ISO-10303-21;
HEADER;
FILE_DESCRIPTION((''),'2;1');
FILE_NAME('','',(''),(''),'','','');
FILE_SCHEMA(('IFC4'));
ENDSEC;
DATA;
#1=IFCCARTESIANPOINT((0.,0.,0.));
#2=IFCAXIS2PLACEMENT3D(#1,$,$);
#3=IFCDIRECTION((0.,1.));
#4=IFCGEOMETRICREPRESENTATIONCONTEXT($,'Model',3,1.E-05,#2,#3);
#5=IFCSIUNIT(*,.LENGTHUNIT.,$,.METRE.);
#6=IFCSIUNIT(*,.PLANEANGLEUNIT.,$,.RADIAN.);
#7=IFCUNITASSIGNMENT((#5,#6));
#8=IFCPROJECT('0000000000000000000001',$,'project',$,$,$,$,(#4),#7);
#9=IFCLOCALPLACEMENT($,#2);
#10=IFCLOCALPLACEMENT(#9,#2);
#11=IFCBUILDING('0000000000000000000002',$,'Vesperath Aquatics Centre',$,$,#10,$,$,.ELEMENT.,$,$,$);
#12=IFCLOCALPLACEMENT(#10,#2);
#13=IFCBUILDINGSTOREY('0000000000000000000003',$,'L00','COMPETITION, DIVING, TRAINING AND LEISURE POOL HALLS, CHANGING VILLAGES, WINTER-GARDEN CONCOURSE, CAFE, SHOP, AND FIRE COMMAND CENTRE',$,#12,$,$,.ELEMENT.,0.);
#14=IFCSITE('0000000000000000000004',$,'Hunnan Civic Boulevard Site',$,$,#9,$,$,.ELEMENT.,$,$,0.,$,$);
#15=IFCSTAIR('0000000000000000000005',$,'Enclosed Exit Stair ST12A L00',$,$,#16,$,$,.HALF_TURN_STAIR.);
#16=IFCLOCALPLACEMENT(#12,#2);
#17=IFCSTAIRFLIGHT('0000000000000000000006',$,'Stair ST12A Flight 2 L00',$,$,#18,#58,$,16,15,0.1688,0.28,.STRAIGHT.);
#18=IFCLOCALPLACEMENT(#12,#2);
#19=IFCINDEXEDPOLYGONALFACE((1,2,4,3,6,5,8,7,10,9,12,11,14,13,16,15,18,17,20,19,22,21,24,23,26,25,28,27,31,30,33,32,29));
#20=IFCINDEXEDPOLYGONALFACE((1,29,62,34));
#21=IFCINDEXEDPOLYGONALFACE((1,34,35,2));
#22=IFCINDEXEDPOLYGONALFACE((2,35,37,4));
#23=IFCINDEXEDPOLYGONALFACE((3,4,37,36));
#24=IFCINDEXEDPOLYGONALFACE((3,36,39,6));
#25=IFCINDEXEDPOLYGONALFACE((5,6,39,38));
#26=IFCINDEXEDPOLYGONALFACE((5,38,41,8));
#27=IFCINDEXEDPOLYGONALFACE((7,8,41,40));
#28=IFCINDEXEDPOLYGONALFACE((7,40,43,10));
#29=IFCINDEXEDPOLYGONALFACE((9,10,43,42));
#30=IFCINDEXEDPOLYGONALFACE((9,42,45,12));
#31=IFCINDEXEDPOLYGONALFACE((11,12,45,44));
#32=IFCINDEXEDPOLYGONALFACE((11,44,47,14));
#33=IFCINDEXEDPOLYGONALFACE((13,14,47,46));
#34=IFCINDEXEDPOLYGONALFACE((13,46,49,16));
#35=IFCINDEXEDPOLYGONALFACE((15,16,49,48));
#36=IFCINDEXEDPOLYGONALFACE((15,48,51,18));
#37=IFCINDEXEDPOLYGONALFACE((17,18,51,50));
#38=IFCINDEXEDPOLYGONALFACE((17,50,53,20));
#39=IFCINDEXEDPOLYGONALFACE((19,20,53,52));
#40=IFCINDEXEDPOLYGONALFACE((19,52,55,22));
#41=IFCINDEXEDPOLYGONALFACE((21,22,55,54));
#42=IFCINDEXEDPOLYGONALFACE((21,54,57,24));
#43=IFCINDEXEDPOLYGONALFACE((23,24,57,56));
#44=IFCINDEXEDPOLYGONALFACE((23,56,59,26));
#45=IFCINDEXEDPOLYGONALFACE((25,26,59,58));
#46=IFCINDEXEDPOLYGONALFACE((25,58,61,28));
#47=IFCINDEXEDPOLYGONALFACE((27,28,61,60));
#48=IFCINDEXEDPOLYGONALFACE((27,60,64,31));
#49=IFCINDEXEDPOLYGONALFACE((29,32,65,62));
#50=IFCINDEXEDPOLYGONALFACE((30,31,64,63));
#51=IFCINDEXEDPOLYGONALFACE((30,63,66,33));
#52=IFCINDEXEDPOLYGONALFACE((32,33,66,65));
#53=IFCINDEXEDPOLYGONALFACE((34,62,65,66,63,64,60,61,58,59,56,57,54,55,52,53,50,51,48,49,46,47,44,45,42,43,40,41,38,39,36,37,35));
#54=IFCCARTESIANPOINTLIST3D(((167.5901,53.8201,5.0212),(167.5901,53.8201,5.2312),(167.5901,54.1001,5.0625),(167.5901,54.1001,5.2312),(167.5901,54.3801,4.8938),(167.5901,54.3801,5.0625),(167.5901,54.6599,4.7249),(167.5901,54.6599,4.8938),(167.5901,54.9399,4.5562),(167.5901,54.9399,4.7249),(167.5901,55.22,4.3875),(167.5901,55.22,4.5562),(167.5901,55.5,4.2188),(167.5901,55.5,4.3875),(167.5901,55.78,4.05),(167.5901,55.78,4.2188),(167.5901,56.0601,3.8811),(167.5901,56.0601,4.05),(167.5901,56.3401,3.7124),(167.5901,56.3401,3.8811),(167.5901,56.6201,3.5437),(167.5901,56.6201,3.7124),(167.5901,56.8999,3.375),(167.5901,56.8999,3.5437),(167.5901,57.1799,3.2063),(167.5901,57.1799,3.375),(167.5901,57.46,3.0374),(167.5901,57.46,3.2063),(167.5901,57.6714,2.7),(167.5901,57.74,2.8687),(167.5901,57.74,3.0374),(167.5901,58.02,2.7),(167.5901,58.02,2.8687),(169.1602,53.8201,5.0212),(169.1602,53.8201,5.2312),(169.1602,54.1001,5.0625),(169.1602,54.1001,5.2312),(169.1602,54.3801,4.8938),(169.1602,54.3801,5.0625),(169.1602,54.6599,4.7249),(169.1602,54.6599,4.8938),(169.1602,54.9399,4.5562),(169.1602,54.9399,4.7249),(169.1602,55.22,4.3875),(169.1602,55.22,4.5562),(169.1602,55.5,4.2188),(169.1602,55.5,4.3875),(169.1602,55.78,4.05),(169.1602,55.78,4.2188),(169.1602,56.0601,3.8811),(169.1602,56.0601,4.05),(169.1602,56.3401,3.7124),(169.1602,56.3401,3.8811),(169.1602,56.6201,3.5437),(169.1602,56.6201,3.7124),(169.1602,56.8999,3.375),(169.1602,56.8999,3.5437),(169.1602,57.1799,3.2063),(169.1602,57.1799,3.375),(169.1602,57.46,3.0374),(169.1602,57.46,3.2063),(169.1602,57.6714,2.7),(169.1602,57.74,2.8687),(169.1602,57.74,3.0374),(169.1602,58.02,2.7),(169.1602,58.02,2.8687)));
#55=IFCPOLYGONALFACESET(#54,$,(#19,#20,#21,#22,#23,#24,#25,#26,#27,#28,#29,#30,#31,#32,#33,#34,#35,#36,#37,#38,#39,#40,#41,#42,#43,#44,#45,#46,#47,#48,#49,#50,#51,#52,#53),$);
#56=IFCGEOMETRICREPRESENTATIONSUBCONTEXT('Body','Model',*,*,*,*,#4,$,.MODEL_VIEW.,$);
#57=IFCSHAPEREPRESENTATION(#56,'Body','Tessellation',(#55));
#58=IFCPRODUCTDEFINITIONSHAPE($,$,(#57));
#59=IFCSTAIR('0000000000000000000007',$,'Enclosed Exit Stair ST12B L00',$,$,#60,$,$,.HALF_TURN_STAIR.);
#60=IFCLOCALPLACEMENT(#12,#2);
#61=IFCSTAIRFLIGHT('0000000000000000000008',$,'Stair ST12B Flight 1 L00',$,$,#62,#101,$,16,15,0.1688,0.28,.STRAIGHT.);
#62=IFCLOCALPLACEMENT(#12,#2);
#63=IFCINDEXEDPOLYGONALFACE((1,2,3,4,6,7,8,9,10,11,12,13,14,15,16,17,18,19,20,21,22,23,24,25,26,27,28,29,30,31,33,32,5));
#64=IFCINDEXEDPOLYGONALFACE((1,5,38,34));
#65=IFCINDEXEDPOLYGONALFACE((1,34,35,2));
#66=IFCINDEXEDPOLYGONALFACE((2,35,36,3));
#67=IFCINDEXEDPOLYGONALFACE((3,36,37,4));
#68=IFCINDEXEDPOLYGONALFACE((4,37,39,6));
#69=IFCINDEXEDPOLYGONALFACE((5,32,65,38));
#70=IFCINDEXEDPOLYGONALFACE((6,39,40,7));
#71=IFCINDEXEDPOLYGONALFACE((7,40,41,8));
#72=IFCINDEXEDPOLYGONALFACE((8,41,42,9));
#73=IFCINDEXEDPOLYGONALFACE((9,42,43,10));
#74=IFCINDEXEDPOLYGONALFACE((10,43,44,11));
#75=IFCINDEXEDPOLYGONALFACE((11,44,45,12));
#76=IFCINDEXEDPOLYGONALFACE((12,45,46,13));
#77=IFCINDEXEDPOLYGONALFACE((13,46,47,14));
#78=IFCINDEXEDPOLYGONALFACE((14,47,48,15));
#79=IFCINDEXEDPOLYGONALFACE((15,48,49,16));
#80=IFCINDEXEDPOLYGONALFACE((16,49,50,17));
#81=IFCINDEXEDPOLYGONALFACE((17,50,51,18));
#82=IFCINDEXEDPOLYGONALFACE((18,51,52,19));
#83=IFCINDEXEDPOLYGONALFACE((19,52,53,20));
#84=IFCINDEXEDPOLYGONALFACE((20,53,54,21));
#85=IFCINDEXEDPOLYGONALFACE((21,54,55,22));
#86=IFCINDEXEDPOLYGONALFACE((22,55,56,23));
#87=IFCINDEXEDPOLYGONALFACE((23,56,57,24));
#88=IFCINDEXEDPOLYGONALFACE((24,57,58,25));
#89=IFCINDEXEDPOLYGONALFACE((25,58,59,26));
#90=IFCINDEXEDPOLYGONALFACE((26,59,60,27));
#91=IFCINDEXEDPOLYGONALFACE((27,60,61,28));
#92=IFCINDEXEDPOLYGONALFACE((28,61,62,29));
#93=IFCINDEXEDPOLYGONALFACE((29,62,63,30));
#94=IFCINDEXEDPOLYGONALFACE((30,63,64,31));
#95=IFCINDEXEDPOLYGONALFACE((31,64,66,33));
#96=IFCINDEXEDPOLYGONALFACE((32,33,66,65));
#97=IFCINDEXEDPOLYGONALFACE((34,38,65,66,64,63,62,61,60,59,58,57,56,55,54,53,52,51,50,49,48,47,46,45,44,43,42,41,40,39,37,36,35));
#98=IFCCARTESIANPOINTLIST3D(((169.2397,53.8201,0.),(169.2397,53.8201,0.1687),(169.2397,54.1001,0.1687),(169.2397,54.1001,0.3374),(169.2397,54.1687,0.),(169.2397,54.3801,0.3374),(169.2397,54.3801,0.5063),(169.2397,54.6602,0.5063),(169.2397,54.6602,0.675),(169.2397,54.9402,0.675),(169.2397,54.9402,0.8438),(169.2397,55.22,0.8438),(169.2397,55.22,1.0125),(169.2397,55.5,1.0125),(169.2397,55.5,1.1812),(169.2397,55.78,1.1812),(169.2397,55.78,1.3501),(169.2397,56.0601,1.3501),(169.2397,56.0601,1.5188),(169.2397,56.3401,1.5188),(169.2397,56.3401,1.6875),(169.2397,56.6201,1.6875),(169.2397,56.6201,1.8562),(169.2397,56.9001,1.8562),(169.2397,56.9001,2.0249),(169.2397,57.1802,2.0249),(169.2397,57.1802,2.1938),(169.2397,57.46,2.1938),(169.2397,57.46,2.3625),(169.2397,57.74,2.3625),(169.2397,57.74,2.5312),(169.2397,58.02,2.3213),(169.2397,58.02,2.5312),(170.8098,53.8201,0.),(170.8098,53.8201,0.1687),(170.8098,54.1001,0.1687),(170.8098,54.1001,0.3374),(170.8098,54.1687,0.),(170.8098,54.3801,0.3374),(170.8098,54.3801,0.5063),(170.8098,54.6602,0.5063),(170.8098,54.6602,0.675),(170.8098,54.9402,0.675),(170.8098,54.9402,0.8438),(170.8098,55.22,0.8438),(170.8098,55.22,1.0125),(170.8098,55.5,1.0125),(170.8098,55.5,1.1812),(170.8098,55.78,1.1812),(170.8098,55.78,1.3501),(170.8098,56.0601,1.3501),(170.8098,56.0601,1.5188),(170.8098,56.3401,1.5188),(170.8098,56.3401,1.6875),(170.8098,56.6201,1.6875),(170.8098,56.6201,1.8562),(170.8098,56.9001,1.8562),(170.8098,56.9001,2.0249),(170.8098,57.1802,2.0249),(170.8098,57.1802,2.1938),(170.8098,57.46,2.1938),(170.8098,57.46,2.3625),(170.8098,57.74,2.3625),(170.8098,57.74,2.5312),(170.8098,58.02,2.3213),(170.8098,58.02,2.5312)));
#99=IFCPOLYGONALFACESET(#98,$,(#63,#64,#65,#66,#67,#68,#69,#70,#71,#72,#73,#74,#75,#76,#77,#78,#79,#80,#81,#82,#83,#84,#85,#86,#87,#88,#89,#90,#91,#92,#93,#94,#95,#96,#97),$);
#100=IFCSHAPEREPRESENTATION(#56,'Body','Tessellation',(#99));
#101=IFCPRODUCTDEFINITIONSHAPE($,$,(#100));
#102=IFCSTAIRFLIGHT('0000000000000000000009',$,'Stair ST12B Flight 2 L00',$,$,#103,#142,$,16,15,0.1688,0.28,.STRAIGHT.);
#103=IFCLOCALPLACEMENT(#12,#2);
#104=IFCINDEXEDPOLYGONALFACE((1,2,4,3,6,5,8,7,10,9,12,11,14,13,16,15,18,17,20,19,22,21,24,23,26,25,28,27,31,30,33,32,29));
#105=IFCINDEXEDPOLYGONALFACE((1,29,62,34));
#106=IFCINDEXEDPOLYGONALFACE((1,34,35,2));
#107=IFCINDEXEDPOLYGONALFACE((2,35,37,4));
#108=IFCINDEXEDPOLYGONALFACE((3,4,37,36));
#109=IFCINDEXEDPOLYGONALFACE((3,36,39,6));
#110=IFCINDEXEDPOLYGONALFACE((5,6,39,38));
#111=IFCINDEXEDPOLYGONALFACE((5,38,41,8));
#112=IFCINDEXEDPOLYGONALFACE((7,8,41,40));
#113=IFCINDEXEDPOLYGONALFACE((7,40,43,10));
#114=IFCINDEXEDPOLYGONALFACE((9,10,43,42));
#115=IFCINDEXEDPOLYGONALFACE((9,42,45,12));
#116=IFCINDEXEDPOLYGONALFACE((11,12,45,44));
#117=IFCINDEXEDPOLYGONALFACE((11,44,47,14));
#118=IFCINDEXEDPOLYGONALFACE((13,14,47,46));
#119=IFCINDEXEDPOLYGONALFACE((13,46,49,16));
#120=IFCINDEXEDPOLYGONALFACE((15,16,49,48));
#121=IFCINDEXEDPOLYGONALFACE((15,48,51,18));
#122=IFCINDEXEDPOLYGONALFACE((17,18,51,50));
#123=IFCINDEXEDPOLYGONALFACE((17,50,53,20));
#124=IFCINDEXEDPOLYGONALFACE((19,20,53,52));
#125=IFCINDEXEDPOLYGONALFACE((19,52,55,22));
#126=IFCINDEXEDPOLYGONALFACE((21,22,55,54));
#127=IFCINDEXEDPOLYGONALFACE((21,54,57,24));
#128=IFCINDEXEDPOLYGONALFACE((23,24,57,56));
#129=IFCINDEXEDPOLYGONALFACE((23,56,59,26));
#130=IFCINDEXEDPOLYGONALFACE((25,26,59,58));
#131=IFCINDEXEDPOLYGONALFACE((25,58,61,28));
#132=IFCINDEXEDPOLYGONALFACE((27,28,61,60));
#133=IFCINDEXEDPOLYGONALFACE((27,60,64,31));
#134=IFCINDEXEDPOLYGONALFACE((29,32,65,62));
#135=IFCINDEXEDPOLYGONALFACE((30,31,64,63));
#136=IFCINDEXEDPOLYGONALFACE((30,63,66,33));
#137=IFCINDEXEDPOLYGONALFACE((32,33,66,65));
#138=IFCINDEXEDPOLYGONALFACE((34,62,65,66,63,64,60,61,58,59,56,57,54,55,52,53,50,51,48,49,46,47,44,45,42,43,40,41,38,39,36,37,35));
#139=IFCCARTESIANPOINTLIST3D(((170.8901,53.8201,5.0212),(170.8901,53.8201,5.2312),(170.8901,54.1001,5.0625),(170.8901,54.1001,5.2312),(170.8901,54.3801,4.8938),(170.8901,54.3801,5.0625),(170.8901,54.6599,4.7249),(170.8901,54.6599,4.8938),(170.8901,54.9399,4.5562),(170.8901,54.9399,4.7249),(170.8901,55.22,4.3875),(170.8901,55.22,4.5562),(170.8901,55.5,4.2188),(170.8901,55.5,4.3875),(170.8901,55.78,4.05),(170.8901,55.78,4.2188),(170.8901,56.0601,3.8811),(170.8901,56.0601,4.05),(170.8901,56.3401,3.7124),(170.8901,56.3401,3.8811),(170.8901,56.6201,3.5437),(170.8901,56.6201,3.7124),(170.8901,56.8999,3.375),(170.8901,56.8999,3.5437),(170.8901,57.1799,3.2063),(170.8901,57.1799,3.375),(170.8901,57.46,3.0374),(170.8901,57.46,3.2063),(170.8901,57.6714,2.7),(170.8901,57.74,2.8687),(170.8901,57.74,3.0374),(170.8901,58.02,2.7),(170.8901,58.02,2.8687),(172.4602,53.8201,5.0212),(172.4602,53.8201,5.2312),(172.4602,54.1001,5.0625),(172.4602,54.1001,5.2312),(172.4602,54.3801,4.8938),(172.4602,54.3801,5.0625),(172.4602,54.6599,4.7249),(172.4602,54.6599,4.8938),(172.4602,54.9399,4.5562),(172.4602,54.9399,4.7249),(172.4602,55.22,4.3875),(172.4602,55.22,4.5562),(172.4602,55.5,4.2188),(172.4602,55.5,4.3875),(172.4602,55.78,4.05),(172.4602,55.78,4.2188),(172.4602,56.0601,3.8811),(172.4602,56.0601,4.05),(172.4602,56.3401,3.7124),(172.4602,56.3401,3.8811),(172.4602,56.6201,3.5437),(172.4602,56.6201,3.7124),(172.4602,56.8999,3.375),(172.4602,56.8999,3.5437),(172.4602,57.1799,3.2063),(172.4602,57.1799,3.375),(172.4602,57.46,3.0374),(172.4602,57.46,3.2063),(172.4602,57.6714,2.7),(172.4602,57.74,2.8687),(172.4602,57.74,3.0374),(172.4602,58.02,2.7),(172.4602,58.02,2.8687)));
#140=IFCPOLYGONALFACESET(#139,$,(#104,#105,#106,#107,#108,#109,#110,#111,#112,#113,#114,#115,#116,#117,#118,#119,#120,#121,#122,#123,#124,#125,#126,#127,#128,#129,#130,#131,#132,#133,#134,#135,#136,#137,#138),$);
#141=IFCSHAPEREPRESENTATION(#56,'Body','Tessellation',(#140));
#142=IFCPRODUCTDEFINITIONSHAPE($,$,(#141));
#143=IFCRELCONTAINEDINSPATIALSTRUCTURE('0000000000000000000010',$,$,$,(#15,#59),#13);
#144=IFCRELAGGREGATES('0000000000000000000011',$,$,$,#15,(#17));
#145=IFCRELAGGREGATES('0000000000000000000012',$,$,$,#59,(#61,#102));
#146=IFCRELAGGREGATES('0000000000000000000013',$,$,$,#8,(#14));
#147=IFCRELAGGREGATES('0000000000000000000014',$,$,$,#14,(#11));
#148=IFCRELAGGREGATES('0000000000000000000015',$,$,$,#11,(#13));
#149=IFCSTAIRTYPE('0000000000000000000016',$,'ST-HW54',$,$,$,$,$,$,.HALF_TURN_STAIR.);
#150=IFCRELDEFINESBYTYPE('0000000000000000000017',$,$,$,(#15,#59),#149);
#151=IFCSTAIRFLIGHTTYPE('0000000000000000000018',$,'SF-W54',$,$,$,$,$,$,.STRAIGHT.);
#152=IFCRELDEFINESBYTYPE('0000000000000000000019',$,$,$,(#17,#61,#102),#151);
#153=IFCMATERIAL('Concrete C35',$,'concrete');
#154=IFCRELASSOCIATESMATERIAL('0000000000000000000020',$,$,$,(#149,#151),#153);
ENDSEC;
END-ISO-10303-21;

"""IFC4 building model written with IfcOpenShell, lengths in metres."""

from ifc_helpers import new_model, si_unit, direction, frame, origin, place, context, subcontext, project, spatial, polyline, outline, extrude, material, type_object, element, aggregate, save


model = new_model("IFC4")

# Units and contexts
model_context = context("Model", 3, precision=1e-05, world=origin(), true_north=direction((0.0, 1.0)))
body_context = subcontext(model_context, "Body", "Model", "MODEL_VIEW")
ifc_project = project(units=[si_unit("LENGTHUNIT", "METRE"), si_unit("PLANEANGLEUNIT", "RADIAN")], contexts=[model_context])

# Site, building, storey
site_placement = place(None, origin())
site = spatial("IfcSite", under=ifc_project, at=site_placement, Name="Hunnan Civic Boulevard Site", CompositionType="ELEMENT", RefElevation=0.0)
building_placement = place(site_placement, origin())
building = spatial("IfcBuilding", under=site, at=building_placement, Name="Vesperath Aquatics Centre", CompositionType="ELEMENT")
storey_placement = place(building_placement, origin())
storey = spatial("IfcBuildingStorey", under=building, at=storey_placement, Name="L00", Description="COMPETITION, DIVING, TRAINING AND LEISURE POOL HALLS, CHANGING VILLAGES, WINTER-GARDEN CONCOURSE, CAFE, SHOP, AND FIRE COMMAND CENTRE", CompositionType="ELEMENT", Elevation=0.0)

# Shared definitions
ifc_material_1 = material(Name="Concrete C35", Category="concrete")

# Stairs, stair flights
stair_type = type_object("IfcStairType", Name="ST-HW54", PredefinedType="HALF_TURN_STAIR", material=ifc_material_1)
stair_1_placement = place(storey_placement, origin())
stair_1 = element("IfcStair", 1, at=stair_1_placement, inside=storey, type_object=stair_type, Name="Enclosed Exit Stair ST12A L00", PredefinedType="HALF_TURN_STAIR")
stair_flight_type = type_object("IfcStairFlightType", Name="SF-W54", PredefinedType="STRAIGHT", material=ifc_material_1)
stair_flight_1_placement = place(storey_placement, frame((168.375, 58.02, 2.7), z_axis=(0.0, 0.0, 1.0), x_axis=(0.0, -1.0, 0.0)))
stair_flight_1 = element("IfcStairFlight", 2, at=stair_flight_1_placement, type_object=stair_flight_type, Name="Stair ST12A Flight 2 L00", NumberOfRisers=16, NumberOfTreads=15, PredefinedType="STRAIGHT", RiserHeight=0.1688, TreadLength=0.28, context=body_context, shape_type="SweptSolid", body=[
    extrude(outline(polyline([(0.0, 0.0), (0.0, 0.1687), (0.28, 0.1687), (0.28, 0.3374), (0.5601, 0.3374), (0.5601, 0.5063), (0.8401, 0.5063), (0.8401, 0.675), (1.1201, 0.675), (1.1201, 0.8438), (1.3999, 0.8438), (1.3999, 1.0125), (1.6799, 1.0125), (1.6799, 1.1812), (1.96, 1.1812), (1.96, 1.3501), (2.24, 1.3501), (2.24, 1.5188), (2.52, 1.5188), (2.52, 1.6875), (2.8, 1.6875), (2.8, 1.8562), (3.0801, 1.8562), (3.0801, 2.0249), (3.3601, 2.0249), (3.3601, 2.1938), (3.6399, 2.1938), (3.6399, 2.3625), (3.9199, 2.3625), (3.9199, 2.5312), (4.2, 2.5312), (4.2, 2.7), (4.2, 2.3213), (0.3486, 0.0), (0.0, 0.0)])), frame((0.0, 0.7852, 0.0), z_axis=(0.0, -1.0, 0.0), x_axis=(1.0, 0.0, 0.0)), (0.0, 0.0, 1.0), 1.5701),
])
aggregate(stair_1, [stair_flight_1])
stair_2_placement = place(storey_placement, origin())
stair_2 = element("IfcStair", 3, at=stair_2_placement, inside=storey, type_object=stair_type, Name="Enclosed Exit Stair ST12B L00", PredefinedType="HALF_TURN_STAIR")
stair_flight_2_placement = place(storey_placement, frame((170.0249, 53.8201, 0.0), z_axis=(0.0, 0.0, 1.0), x_axis=(0.0, 1.0, 0.0)))
stair_flight_2 = element("IfcStairFlight", 4, at=stair_flight_2_placement, type_object=stair_flight_type, Name="Stair ST12B Flight 1 L00", NumberOfRisers=16, NumberOfTreads=15, PredefinedType="STRAIGHT", RiserHeight=0.1688, TreadLength=0.28, context=body_context, shape_type="SweptSolid", body=[
    extrude(outline(polyline([(0.0, 0.0), (0.0, 0.1687), (0.28, 0.1687), (0.28, 0.3374), (0.5601, 0.3374), (0.5601, 0.5063), (0.8401, 0.5063), (0.8401, 0.675), (1.1201, 0.675), (1.1201, 0.8438), (1.3999, 0.8438), (1.3999, 1.0125), (1.6799, 1.0125), (1.6799, 1.1812), (1.96, 1.1812), (1.96, 1.3501), (2.24, 1.3501), (2.24, 1.5188), (2.52, 1.5188), (2.52, 1.6875), (2.8, 1.6875), (2.8, 1.8562), (3.0801, 1.8562), (3.0801, 2.0249), (3.3601, 2.0249), (3.3601, 2.1938), (3.6399, 2.1938), (3.6399, 2.3625), (3.9199, 2.3625), (3.9199, 2.5312), (4.2, 2.5312), (4.2, 2.7), (4.2, 2.3213), (0.3486, 0.0), (0.0, 0.0)])), frame((0.0, 0.7852, 0.0), z_axis=(0.0, -1.0, 0.0), x_axis=(1.0, 0.0, 0.0)), (0.0, 0.0, 1.0), 1.5701),
])
stair_flight_3_placement = place(storey_placement, frame((171.675, 58.02, 2.7), z_axis=(0.0, 0.0, 1.0), x_axis=(0.0, -1.0, 0.0)))
stair_flight_3 = element("IfcStairFlight", 5, at=stair_flight_3_placement, type_object=stair_flight_type, Name="Stair ST12B Flight 2 L00", NumberOfRisers=16, NumberOfTreads=15, PredefinedType="STRAIGHT", RiserHeight=0.1688, TreadLength=0.28, context=body_context, shape_type="SweptSolid", body=[
    extrude(outline(polyline([(0.0, 0.0), (0.0, 0.1687), (0.28, 0.1687), (0.28, 0.3374), (0.5601, 0.3374), (0.5601, 0.5063), (0.8401, 0.5063), (0.8401, 0.675), (1.1201, 0.675), (1.1201, 0.8438), (1.3999, 0.8438), (1.3999, 1.0125), (1.6799, 1.0125), (1.6799, 1.1812), (1.96, 1.1812), (1.96, 1.3501), (2.24, 1.3501), (2.24, 1.5188), (2.52, 1.5188), (2.52, 1.6875), (2.8, 1.6875), (2.8, 1.8562), (3.0801, 1.8562), (3.0801, 2.0249), (3.3601, 2.0249), (3.3601, 2.1938), (3.6399, 2.1938), (3.6399, 2.3625), (3.9199, 2.3625), (3.9199, 2.5312), (4.2, 2.5312), (4.2, 2.7), (4.2, 2.3213), (0.3486, 0.0), (0.0, 0.0)])), frame((0.0, 0.7852, 0.0), z_axis=(0.0, -1.0, 0.0), x_axis=(1.0, 0.0, 0.0)), (0.0, 0.0, 1.0), 1.5701),
])
aggregate(stair_2, [stair_flight_2, stair_flight_3])

save(model, "model.ifc")
